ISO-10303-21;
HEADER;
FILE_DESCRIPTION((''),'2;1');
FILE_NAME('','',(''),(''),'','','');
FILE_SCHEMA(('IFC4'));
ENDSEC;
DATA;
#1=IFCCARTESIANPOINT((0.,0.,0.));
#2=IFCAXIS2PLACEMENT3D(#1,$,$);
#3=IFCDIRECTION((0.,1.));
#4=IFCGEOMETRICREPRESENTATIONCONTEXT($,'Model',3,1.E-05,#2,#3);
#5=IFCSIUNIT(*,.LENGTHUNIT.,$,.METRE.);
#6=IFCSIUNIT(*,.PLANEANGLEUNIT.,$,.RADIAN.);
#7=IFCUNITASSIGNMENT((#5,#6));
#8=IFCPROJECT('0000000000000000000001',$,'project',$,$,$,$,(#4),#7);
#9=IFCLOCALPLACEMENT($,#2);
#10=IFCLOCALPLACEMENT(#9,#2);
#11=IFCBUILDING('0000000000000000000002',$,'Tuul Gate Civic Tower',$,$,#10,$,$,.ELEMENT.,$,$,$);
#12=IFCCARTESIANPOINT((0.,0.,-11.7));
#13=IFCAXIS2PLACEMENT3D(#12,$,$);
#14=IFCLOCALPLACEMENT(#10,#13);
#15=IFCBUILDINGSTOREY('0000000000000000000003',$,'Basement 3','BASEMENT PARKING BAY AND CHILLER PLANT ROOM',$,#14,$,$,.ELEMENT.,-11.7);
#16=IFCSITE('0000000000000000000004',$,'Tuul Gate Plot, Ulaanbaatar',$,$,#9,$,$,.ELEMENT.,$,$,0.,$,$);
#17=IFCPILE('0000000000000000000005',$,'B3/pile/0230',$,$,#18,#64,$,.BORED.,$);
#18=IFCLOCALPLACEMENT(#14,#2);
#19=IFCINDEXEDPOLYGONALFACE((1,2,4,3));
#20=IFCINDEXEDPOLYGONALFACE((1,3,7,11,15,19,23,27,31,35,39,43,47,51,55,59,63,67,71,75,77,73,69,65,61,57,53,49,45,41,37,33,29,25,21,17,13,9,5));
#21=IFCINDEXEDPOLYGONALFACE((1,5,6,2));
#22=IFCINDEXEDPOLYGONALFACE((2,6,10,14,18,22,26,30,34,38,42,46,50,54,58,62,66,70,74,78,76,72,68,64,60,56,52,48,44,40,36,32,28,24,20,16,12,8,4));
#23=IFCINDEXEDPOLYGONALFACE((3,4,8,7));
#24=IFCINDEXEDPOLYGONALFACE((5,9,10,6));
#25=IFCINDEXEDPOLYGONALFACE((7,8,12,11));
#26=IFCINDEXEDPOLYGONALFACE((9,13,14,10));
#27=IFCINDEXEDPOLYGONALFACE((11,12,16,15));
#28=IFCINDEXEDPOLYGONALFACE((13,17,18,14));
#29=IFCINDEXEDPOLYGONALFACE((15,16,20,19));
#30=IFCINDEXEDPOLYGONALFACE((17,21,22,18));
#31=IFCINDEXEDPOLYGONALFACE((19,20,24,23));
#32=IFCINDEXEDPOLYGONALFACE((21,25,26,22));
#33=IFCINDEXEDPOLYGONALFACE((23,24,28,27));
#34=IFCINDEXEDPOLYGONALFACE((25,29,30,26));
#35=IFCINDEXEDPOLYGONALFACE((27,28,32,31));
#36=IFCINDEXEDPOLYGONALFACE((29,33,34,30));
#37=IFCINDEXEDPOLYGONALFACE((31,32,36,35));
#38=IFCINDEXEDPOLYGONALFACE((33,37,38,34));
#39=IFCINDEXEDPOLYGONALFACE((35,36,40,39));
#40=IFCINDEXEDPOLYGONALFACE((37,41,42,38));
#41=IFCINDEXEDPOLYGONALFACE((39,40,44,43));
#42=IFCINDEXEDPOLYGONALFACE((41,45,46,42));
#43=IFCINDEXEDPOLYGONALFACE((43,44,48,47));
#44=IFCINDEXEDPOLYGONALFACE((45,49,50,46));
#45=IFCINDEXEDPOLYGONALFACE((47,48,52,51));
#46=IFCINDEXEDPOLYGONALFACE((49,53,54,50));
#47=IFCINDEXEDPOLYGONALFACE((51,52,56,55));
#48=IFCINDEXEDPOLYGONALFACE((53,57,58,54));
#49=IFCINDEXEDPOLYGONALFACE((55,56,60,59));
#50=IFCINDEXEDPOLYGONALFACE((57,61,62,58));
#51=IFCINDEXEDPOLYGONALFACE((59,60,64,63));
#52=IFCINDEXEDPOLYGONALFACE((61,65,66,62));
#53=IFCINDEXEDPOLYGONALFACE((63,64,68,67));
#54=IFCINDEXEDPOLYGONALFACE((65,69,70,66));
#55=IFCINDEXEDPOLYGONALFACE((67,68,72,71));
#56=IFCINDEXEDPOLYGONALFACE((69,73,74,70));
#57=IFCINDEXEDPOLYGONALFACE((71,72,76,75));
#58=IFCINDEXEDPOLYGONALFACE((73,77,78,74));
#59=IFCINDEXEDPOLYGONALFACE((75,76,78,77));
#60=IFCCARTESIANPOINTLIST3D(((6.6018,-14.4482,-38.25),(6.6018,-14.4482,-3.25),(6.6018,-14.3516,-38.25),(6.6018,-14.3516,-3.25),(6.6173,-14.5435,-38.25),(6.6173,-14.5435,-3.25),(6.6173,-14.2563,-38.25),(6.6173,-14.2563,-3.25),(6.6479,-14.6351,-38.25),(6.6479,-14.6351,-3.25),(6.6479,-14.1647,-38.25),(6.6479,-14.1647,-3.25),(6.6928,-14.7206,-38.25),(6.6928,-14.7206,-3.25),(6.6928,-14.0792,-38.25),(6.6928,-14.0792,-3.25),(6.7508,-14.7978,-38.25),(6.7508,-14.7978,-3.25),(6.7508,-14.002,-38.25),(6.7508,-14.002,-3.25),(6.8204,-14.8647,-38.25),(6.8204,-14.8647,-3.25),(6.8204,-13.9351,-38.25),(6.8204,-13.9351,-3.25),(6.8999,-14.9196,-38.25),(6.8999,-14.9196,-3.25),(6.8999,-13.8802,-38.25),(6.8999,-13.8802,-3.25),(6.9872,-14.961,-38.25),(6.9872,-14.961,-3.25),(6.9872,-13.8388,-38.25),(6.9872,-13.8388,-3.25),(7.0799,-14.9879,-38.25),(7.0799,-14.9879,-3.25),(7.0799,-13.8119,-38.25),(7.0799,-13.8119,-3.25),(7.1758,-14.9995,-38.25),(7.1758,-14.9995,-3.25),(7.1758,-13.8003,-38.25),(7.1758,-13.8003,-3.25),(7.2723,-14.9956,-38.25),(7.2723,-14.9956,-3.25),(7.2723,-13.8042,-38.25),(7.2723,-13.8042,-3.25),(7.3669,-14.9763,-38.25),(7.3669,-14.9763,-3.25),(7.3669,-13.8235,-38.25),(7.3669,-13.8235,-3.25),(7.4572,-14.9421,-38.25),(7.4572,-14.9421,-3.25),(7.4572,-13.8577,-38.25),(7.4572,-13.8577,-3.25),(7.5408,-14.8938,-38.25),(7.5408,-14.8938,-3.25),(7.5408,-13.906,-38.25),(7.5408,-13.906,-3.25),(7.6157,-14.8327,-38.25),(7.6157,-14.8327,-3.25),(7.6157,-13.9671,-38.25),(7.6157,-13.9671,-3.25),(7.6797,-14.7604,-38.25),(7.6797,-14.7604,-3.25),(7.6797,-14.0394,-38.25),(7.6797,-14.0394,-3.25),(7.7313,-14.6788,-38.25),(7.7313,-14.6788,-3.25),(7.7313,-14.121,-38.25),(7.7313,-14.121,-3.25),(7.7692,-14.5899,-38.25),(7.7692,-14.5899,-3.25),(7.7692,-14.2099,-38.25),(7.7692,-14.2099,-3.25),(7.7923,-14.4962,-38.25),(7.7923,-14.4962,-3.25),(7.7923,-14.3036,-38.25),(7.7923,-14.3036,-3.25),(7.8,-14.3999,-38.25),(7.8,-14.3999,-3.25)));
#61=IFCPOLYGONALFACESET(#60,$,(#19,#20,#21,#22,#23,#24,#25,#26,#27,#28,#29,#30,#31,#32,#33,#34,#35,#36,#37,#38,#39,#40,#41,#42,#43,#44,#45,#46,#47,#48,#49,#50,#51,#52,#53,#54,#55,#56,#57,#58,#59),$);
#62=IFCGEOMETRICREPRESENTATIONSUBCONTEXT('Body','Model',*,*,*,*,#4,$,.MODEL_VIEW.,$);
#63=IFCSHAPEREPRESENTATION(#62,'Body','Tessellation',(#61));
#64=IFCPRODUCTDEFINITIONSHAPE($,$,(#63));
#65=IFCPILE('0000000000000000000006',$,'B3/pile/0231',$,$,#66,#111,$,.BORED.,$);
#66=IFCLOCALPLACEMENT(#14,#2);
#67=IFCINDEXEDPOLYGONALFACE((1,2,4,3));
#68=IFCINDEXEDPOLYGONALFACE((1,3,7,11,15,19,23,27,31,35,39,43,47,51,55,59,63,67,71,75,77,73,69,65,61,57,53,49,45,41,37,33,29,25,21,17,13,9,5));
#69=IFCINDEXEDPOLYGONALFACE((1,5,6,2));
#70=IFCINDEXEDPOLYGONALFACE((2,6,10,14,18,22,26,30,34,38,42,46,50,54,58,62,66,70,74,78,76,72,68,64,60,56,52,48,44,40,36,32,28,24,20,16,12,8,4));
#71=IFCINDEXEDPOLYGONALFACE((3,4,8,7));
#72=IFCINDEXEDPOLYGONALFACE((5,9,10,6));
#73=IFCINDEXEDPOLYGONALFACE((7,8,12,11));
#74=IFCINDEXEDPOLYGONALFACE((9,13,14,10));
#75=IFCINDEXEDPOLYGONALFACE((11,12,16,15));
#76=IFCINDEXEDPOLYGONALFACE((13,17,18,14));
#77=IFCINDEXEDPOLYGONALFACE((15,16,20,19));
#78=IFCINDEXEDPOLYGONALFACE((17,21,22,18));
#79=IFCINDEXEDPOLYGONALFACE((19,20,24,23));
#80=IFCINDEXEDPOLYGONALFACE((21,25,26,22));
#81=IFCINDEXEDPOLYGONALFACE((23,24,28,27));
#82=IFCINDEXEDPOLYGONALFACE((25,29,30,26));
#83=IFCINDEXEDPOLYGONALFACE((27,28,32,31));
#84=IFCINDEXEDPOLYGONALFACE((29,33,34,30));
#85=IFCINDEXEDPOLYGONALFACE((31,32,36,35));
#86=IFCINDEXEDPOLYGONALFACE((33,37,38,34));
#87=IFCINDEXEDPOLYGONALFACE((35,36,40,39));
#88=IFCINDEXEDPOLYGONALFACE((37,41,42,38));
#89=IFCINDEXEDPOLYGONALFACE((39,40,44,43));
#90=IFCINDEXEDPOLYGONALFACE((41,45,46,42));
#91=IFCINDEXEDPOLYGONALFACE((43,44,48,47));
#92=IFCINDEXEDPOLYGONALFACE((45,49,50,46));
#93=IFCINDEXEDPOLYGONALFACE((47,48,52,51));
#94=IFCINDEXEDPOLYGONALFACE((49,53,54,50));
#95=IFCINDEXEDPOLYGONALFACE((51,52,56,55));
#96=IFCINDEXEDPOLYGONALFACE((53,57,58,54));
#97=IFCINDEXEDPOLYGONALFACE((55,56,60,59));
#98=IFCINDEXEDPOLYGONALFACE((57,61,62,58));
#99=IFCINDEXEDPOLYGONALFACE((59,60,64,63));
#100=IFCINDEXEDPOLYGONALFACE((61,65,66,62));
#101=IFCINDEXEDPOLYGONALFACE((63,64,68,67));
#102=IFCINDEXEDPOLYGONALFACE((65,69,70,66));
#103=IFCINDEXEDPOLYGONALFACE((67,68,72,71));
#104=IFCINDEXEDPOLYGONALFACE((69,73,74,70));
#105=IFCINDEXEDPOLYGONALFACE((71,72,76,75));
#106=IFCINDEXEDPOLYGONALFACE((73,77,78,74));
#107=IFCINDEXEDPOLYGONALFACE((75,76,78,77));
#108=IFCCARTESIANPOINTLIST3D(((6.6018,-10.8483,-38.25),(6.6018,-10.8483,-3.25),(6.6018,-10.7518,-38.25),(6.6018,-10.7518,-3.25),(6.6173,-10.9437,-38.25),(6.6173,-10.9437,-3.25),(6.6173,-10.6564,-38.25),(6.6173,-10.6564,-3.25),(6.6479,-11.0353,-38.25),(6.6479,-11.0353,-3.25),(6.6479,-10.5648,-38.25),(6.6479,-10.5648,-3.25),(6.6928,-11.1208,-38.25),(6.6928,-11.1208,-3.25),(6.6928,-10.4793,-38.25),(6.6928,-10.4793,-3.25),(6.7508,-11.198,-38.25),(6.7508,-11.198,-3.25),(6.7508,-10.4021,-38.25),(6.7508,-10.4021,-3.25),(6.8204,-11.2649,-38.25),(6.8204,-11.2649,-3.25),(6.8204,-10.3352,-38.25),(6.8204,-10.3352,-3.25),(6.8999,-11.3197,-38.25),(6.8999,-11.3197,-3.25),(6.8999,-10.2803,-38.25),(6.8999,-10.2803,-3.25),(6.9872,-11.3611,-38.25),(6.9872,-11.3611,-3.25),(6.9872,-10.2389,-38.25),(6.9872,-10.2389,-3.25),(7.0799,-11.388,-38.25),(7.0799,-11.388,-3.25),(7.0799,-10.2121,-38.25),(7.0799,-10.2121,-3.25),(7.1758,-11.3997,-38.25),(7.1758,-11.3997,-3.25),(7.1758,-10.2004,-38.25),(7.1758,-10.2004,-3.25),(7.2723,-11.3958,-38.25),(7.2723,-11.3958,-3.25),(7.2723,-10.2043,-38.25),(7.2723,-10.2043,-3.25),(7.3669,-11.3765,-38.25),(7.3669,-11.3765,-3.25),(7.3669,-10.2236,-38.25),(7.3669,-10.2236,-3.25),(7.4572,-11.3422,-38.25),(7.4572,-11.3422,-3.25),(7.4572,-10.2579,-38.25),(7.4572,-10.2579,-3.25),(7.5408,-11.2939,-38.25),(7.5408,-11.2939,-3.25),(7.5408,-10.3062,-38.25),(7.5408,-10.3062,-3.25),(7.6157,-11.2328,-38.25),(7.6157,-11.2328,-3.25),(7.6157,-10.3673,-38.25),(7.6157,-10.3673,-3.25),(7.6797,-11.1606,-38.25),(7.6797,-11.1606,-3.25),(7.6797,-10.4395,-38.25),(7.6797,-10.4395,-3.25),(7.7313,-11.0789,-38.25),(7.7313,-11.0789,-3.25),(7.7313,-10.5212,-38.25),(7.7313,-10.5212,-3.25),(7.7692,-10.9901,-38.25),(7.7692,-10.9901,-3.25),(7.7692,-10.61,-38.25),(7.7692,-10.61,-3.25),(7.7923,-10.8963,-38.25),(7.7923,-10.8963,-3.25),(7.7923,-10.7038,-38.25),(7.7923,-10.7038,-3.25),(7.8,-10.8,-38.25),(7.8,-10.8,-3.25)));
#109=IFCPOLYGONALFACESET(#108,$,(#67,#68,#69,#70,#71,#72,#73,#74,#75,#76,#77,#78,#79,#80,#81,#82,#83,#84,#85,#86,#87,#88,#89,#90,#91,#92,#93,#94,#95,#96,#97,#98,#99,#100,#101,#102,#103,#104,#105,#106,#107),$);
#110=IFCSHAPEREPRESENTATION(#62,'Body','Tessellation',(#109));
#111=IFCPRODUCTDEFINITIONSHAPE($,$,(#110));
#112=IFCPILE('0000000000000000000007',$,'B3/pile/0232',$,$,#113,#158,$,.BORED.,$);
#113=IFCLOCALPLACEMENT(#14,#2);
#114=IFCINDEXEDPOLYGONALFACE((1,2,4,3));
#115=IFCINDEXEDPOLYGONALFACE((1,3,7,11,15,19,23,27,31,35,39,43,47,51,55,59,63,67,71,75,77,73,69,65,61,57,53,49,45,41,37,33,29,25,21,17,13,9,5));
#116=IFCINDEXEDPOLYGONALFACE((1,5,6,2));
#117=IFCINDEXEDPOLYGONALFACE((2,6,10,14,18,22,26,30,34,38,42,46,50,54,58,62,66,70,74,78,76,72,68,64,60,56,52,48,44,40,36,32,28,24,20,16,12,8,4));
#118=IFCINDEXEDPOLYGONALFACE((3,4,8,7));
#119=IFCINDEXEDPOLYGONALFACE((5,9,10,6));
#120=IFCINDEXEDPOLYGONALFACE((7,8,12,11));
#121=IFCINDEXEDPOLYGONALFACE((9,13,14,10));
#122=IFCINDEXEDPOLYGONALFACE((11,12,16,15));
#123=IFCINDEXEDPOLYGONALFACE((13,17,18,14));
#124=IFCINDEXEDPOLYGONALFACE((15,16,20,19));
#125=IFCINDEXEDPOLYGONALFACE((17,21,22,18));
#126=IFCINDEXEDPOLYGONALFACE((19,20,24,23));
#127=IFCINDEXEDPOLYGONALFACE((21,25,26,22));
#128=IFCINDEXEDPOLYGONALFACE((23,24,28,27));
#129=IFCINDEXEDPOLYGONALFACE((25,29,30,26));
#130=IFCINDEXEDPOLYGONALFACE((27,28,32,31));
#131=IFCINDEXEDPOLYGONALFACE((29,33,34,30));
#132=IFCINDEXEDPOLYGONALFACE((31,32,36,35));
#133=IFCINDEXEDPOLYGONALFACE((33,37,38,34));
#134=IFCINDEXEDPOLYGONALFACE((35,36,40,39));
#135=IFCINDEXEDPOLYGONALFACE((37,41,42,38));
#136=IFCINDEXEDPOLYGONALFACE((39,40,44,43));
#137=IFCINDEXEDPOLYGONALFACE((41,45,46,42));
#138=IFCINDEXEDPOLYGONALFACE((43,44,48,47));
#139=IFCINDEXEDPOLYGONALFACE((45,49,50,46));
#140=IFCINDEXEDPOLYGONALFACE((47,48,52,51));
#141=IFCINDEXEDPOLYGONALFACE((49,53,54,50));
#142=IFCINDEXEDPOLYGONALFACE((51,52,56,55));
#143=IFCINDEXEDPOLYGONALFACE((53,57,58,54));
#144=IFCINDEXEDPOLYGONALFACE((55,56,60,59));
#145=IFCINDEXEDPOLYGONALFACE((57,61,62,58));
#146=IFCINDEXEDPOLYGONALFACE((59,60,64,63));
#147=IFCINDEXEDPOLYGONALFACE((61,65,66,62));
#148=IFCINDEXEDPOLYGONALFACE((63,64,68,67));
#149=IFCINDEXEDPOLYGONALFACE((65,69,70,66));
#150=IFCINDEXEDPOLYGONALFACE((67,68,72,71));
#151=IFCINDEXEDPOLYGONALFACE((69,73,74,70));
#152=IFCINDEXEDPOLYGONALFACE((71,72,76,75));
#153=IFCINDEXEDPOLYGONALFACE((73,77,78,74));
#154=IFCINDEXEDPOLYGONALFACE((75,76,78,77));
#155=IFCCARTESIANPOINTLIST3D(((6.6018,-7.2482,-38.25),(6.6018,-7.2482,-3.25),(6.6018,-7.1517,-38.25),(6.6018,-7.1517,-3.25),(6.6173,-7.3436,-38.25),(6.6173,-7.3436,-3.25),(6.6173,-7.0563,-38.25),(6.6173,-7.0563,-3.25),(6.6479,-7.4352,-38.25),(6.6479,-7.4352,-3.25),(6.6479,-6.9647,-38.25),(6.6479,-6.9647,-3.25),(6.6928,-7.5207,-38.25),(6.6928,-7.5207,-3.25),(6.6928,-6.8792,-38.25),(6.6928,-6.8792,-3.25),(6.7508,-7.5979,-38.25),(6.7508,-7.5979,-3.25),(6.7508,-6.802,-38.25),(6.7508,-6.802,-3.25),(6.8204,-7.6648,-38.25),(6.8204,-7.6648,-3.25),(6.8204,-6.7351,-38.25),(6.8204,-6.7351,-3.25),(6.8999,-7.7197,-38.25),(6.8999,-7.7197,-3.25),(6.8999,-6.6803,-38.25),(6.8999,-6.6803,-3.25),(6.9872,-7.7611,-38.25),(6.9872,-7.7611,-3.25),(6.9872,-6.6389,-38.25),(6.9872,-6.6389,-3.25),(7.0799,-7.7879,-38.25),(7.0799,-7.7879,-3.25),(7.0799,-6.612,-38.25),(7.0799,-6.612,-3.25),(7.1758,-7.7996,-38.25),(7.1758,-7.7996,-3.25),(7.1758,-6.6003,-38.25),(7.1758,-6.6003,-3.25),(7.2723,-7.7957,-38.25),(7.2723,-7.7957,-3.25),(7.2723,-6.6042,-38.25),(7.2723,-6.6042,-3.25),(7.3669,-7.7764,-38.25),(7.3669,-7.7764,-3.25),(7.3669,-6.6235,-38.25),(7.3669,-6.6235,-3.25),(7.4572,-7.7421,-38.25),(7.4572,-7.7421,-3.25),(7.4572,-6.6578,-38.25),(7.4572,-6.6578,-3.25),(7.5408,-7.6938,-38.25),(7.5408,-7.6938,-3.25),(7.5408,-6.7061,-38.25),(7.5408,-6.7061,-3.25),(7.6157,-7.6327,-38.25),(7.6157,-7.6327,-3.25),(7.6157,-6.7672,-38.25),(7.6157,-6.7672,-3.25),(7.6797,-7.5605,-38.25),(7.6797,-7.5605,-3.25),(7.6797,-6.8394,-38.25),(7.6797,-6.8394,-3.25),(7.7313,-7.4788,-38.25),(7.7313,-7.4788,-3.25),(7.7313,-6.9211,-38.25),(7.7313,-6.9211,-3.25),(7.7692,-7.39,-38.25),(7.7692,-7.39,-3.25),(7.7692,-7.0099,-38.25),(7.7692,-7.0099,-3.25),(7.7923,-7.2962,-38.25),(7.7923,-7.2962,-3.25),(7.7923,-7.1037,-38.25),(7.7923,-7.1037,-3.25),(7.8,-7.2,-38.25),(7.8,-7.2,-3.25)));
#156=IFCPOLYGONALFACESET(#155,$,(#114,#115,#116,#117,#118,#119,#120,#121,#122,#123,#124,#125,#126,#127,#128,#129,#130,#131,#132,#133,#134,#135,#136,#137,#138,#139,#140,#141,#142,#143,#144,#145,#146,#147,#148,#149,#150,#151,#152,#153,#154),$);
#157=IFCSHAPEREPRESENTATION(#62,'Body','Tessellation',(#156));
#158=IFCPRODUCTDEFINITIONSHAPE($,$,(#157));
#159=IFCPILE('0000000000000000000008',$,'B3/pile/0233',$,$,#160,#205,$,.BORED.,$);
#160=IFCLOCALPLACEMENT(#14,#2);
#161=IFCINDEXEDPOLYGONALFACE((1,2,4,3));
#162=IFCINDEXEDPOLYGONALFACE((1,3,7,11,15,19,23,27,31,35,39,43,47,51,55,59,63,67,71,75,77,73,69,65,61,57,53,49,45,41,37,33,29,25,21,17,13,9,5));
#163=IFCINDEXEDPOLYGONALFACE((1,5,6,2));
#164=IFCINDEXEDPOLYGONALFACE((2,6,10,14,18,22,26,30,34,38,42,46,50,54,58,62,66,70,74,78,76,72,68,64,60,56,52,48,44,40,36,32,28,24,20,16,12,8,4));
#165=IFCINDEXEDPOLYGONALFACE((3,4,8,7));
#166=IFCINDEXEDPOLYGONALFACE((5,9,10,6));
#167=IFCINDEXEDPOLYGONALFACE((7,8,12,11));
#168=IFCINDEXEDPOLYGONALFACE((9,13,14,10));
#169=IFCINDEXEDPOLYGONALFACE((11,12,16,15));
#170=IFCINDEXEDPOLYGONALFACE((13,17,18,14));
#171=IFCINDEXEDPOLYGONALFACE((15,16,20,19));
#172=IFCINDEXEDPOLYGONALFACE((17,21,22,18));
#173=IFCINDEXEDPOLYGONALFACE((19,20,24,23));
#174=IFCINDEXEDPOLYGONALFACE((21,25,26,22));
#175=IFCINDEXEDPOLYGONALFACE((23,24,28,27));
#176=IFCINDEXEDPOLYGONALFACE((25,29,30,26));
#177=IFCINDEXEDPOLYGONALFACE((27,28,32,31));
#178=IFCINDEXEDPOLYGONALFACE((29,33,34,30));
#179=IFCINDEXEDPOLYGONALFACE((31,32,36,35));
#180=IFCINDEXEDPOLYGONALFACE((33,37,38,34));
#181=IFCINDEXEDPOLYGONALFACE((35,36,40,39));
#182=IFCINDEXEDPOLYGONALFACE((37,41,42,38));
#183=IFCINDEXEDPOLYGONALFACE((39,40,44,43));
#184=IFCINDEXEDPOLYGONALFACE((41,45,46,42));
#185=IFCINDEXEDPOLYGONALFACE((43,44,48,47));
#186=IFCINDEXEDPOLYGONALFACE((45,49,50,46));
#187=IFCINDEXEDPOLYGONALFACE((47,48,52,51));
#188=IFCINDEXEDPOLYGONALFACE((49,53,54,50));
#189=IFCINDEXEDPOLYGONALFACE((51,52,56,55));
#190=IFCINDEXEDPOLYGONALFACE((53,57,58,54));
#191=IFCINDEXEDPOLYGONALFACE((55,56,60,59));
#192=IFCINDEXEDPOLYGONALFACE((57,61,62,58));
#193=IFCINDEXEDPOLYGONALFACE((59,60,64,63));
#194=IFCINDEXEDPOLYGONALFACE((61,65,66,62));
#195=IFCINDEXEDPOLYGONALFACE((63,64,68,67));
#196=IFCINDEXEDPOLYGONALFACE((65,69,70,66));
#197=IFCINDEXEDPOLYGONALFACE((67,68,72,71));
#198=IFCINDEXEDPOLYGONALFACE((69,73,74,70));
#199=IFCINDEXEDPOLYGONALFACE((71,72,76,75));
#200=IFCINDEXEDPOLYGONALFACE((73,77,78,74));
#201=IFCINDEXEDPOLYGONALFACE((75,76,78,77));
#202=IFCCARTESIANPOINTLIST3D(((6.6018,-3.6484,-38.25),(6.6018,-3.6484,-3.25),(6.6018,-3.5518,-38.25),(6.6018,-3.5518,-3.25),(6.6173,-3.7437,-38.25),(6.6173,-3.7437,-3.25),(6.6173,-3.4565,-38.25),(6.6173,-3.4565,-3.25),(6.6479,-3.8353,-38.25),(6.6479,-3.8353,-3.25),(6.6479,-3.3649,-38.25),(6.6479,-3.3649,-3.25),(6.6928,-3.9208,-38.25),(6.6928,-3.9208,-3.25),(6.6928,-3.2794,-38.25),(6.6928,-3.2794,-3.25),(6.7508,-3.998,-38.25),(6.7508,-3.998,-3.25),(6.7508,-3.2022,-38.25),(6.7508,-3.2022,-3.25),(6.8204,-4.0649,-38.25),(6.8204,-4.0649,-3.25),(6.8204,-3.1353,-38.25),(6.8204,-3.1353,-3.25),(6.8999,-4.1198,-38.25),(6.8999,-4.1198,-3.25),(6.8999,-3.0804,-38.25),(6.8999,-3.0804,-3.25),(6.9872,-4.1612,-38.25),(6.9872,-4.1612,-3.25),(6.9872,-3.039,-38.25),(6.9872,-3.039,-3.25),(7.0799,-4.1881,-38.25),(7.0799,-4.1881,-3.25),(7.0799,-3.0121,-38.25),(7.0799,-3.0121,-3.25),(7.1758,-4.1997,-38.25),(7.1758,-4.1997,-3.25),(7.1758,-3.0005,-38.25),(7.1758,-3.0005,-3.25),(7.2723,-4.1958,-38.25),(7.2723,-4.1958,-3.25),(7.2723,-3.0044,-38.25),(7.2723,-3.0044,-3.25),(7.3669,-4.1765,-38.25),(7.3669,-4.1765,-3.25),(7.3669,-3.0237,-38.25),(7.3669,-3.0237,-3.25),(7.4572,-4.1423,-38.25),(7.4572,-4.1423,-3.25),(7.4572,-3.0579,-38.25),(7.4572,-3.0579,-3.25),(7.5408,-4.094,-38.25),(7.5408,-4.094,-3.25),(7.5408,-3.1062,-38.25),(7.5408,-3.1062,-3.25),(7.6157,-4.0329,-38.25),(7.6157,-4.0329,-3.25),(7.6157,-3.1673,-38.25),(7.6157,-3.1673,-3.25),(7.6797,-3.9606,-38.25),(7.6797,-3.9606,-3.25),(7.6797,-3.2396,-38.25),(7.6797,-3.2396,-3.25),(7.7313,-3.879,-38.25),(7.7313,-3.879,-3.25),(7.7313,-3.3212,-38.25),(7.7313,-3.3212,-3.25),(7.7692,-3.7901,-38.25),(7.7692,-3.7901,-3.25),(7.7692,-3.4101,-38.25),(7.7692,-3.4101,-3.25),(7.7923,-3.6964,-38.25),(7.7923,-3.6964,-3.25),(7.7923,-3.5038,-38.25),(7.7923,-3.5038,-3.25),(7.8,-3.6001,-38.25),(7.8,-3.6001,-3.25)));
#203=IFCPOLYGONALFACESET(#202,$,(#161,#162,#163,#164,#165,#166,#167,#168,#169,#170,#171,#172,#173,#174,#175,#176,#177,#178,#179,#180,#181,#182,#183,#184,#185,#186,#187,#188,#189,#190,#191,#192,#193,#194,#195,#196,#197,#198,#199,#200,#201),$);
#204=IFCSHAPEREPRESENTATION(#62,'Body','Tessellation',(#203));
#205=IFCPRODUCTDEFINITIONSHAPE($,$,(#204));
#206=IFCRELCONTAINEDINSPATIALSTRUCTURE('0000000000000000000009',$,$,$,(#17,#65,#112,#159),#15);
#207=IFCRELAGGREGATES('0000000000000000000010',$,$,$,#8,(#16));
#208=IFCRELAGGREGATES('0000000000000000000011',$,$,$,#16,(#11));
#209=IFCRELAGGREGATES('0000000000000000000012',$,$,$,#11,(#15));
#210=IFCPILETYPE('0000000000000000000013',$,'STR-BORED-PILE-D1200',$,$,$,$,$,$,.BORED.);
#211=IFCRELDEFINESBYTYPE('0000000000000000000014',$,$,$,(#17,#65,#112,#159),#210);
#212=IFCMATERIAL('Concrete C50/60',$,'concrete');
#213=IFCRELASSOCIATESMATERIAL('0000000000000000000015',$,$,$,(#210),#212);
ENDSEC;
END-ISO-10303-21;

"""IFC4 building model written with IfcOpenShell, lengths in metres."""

from ifc_helpers import new_model, si_unit, direction, frame, origin, origin_2d, place, context, subcontext, project, spatial, circle, extrude, material, material_profile, profile_set, type_object, element, save


model = new_model("IFC4")

# Units and contexts
model_context = context("Model", 3, precision=1e-05, world=origin(), true_north=direction((0.0, 1.0)))
body_context = subcontext(model_context, "Body", "Model", "MODEL_VIEW")
ifc_project = project(units=[si_unit("LENGTHUNIT", "METRE"), si_unit("PLANEANGLEUNIT", "RADIAN")], contexts=[model_context])

# Site, building, storey
site_placement = place(None, origin())
site = spatial("IfcSite", under=ifc_project, at=site_placement, Name="Tuul Gate Plot, Ulaanbaatar", CompositionType="ELEMENT", RefElevation=0.0)
building_placement = place(site_placement, origin())
building = spatial("IfcBuilding", under=site, at=building_placement, Name="Tuul Gate Civic Tower", CompositionType="ELEMENT")
storey_placement = place(building_placement, frame((0.0, 0.0, -11.7)))
storey = spatial("IfcBuildingStorey", under=building, at=storey_placement, Name="Basement 3", Description="BASEMENT PARKING BAY AND CHILLER PLANT ROOM", CompositionType="ELEMENT", Elevation=-11.7)

# Piles
ifc_material_1 = material(Name="Concrete C50/60", Category="concrete")
ifc_material_profile_1 = material_profile(ifc_material_1, circle(Radius=0.6001, at=origin_2d()), Name="PILE1200")
ifc_profile_set_1 = profile_set([ifc_material_profile_1], Name="Concrete C50/60")
pile_type = type_object("IfcPileType", Name="STR-BORED-PILE-D1200", PredefinedType="BORED", material=ifc_profile_set_1)
for number, where, z_axis, x_axis, name in (
    (1, (7.2, -14.3999, -3.25), (0.0, 0.0, -1.0), (1.0, 0.0, 0.0), "B3/pile/0230"),
    (2, (7.2, -10.8, -3.25), (0.0, 0.0, -1.0), (1.0, 0.0, 0.0), "B3/pile/0231"),
    (3, (7.2, -7.2, -3.25), (0.0, 0.0, -1.0), (1.0, 0.0, 0.0), "B3/pile/0232"),
    (4, (7.2, -3.6001, -3.25), (0.0, 0.0, -1.0), (1.0, 0.0, 0.0), "B3/pile/0233"),
):
    element("IfcPile", number, at=place(storey_placement, frame(where, z_axis=z_axis, x_axis=x_axis)), inside=storey, type_object=pile_type, Name=name, PredefinedType="BORED", context=body_context, shape_type="SweptSolid", body=[
        extrude(circle(Radius=0.6001, at=origin_2d()), origin(), (0.0, 0.0, 1.0), 35.0),
    ])

save(model, "model.ifc")
